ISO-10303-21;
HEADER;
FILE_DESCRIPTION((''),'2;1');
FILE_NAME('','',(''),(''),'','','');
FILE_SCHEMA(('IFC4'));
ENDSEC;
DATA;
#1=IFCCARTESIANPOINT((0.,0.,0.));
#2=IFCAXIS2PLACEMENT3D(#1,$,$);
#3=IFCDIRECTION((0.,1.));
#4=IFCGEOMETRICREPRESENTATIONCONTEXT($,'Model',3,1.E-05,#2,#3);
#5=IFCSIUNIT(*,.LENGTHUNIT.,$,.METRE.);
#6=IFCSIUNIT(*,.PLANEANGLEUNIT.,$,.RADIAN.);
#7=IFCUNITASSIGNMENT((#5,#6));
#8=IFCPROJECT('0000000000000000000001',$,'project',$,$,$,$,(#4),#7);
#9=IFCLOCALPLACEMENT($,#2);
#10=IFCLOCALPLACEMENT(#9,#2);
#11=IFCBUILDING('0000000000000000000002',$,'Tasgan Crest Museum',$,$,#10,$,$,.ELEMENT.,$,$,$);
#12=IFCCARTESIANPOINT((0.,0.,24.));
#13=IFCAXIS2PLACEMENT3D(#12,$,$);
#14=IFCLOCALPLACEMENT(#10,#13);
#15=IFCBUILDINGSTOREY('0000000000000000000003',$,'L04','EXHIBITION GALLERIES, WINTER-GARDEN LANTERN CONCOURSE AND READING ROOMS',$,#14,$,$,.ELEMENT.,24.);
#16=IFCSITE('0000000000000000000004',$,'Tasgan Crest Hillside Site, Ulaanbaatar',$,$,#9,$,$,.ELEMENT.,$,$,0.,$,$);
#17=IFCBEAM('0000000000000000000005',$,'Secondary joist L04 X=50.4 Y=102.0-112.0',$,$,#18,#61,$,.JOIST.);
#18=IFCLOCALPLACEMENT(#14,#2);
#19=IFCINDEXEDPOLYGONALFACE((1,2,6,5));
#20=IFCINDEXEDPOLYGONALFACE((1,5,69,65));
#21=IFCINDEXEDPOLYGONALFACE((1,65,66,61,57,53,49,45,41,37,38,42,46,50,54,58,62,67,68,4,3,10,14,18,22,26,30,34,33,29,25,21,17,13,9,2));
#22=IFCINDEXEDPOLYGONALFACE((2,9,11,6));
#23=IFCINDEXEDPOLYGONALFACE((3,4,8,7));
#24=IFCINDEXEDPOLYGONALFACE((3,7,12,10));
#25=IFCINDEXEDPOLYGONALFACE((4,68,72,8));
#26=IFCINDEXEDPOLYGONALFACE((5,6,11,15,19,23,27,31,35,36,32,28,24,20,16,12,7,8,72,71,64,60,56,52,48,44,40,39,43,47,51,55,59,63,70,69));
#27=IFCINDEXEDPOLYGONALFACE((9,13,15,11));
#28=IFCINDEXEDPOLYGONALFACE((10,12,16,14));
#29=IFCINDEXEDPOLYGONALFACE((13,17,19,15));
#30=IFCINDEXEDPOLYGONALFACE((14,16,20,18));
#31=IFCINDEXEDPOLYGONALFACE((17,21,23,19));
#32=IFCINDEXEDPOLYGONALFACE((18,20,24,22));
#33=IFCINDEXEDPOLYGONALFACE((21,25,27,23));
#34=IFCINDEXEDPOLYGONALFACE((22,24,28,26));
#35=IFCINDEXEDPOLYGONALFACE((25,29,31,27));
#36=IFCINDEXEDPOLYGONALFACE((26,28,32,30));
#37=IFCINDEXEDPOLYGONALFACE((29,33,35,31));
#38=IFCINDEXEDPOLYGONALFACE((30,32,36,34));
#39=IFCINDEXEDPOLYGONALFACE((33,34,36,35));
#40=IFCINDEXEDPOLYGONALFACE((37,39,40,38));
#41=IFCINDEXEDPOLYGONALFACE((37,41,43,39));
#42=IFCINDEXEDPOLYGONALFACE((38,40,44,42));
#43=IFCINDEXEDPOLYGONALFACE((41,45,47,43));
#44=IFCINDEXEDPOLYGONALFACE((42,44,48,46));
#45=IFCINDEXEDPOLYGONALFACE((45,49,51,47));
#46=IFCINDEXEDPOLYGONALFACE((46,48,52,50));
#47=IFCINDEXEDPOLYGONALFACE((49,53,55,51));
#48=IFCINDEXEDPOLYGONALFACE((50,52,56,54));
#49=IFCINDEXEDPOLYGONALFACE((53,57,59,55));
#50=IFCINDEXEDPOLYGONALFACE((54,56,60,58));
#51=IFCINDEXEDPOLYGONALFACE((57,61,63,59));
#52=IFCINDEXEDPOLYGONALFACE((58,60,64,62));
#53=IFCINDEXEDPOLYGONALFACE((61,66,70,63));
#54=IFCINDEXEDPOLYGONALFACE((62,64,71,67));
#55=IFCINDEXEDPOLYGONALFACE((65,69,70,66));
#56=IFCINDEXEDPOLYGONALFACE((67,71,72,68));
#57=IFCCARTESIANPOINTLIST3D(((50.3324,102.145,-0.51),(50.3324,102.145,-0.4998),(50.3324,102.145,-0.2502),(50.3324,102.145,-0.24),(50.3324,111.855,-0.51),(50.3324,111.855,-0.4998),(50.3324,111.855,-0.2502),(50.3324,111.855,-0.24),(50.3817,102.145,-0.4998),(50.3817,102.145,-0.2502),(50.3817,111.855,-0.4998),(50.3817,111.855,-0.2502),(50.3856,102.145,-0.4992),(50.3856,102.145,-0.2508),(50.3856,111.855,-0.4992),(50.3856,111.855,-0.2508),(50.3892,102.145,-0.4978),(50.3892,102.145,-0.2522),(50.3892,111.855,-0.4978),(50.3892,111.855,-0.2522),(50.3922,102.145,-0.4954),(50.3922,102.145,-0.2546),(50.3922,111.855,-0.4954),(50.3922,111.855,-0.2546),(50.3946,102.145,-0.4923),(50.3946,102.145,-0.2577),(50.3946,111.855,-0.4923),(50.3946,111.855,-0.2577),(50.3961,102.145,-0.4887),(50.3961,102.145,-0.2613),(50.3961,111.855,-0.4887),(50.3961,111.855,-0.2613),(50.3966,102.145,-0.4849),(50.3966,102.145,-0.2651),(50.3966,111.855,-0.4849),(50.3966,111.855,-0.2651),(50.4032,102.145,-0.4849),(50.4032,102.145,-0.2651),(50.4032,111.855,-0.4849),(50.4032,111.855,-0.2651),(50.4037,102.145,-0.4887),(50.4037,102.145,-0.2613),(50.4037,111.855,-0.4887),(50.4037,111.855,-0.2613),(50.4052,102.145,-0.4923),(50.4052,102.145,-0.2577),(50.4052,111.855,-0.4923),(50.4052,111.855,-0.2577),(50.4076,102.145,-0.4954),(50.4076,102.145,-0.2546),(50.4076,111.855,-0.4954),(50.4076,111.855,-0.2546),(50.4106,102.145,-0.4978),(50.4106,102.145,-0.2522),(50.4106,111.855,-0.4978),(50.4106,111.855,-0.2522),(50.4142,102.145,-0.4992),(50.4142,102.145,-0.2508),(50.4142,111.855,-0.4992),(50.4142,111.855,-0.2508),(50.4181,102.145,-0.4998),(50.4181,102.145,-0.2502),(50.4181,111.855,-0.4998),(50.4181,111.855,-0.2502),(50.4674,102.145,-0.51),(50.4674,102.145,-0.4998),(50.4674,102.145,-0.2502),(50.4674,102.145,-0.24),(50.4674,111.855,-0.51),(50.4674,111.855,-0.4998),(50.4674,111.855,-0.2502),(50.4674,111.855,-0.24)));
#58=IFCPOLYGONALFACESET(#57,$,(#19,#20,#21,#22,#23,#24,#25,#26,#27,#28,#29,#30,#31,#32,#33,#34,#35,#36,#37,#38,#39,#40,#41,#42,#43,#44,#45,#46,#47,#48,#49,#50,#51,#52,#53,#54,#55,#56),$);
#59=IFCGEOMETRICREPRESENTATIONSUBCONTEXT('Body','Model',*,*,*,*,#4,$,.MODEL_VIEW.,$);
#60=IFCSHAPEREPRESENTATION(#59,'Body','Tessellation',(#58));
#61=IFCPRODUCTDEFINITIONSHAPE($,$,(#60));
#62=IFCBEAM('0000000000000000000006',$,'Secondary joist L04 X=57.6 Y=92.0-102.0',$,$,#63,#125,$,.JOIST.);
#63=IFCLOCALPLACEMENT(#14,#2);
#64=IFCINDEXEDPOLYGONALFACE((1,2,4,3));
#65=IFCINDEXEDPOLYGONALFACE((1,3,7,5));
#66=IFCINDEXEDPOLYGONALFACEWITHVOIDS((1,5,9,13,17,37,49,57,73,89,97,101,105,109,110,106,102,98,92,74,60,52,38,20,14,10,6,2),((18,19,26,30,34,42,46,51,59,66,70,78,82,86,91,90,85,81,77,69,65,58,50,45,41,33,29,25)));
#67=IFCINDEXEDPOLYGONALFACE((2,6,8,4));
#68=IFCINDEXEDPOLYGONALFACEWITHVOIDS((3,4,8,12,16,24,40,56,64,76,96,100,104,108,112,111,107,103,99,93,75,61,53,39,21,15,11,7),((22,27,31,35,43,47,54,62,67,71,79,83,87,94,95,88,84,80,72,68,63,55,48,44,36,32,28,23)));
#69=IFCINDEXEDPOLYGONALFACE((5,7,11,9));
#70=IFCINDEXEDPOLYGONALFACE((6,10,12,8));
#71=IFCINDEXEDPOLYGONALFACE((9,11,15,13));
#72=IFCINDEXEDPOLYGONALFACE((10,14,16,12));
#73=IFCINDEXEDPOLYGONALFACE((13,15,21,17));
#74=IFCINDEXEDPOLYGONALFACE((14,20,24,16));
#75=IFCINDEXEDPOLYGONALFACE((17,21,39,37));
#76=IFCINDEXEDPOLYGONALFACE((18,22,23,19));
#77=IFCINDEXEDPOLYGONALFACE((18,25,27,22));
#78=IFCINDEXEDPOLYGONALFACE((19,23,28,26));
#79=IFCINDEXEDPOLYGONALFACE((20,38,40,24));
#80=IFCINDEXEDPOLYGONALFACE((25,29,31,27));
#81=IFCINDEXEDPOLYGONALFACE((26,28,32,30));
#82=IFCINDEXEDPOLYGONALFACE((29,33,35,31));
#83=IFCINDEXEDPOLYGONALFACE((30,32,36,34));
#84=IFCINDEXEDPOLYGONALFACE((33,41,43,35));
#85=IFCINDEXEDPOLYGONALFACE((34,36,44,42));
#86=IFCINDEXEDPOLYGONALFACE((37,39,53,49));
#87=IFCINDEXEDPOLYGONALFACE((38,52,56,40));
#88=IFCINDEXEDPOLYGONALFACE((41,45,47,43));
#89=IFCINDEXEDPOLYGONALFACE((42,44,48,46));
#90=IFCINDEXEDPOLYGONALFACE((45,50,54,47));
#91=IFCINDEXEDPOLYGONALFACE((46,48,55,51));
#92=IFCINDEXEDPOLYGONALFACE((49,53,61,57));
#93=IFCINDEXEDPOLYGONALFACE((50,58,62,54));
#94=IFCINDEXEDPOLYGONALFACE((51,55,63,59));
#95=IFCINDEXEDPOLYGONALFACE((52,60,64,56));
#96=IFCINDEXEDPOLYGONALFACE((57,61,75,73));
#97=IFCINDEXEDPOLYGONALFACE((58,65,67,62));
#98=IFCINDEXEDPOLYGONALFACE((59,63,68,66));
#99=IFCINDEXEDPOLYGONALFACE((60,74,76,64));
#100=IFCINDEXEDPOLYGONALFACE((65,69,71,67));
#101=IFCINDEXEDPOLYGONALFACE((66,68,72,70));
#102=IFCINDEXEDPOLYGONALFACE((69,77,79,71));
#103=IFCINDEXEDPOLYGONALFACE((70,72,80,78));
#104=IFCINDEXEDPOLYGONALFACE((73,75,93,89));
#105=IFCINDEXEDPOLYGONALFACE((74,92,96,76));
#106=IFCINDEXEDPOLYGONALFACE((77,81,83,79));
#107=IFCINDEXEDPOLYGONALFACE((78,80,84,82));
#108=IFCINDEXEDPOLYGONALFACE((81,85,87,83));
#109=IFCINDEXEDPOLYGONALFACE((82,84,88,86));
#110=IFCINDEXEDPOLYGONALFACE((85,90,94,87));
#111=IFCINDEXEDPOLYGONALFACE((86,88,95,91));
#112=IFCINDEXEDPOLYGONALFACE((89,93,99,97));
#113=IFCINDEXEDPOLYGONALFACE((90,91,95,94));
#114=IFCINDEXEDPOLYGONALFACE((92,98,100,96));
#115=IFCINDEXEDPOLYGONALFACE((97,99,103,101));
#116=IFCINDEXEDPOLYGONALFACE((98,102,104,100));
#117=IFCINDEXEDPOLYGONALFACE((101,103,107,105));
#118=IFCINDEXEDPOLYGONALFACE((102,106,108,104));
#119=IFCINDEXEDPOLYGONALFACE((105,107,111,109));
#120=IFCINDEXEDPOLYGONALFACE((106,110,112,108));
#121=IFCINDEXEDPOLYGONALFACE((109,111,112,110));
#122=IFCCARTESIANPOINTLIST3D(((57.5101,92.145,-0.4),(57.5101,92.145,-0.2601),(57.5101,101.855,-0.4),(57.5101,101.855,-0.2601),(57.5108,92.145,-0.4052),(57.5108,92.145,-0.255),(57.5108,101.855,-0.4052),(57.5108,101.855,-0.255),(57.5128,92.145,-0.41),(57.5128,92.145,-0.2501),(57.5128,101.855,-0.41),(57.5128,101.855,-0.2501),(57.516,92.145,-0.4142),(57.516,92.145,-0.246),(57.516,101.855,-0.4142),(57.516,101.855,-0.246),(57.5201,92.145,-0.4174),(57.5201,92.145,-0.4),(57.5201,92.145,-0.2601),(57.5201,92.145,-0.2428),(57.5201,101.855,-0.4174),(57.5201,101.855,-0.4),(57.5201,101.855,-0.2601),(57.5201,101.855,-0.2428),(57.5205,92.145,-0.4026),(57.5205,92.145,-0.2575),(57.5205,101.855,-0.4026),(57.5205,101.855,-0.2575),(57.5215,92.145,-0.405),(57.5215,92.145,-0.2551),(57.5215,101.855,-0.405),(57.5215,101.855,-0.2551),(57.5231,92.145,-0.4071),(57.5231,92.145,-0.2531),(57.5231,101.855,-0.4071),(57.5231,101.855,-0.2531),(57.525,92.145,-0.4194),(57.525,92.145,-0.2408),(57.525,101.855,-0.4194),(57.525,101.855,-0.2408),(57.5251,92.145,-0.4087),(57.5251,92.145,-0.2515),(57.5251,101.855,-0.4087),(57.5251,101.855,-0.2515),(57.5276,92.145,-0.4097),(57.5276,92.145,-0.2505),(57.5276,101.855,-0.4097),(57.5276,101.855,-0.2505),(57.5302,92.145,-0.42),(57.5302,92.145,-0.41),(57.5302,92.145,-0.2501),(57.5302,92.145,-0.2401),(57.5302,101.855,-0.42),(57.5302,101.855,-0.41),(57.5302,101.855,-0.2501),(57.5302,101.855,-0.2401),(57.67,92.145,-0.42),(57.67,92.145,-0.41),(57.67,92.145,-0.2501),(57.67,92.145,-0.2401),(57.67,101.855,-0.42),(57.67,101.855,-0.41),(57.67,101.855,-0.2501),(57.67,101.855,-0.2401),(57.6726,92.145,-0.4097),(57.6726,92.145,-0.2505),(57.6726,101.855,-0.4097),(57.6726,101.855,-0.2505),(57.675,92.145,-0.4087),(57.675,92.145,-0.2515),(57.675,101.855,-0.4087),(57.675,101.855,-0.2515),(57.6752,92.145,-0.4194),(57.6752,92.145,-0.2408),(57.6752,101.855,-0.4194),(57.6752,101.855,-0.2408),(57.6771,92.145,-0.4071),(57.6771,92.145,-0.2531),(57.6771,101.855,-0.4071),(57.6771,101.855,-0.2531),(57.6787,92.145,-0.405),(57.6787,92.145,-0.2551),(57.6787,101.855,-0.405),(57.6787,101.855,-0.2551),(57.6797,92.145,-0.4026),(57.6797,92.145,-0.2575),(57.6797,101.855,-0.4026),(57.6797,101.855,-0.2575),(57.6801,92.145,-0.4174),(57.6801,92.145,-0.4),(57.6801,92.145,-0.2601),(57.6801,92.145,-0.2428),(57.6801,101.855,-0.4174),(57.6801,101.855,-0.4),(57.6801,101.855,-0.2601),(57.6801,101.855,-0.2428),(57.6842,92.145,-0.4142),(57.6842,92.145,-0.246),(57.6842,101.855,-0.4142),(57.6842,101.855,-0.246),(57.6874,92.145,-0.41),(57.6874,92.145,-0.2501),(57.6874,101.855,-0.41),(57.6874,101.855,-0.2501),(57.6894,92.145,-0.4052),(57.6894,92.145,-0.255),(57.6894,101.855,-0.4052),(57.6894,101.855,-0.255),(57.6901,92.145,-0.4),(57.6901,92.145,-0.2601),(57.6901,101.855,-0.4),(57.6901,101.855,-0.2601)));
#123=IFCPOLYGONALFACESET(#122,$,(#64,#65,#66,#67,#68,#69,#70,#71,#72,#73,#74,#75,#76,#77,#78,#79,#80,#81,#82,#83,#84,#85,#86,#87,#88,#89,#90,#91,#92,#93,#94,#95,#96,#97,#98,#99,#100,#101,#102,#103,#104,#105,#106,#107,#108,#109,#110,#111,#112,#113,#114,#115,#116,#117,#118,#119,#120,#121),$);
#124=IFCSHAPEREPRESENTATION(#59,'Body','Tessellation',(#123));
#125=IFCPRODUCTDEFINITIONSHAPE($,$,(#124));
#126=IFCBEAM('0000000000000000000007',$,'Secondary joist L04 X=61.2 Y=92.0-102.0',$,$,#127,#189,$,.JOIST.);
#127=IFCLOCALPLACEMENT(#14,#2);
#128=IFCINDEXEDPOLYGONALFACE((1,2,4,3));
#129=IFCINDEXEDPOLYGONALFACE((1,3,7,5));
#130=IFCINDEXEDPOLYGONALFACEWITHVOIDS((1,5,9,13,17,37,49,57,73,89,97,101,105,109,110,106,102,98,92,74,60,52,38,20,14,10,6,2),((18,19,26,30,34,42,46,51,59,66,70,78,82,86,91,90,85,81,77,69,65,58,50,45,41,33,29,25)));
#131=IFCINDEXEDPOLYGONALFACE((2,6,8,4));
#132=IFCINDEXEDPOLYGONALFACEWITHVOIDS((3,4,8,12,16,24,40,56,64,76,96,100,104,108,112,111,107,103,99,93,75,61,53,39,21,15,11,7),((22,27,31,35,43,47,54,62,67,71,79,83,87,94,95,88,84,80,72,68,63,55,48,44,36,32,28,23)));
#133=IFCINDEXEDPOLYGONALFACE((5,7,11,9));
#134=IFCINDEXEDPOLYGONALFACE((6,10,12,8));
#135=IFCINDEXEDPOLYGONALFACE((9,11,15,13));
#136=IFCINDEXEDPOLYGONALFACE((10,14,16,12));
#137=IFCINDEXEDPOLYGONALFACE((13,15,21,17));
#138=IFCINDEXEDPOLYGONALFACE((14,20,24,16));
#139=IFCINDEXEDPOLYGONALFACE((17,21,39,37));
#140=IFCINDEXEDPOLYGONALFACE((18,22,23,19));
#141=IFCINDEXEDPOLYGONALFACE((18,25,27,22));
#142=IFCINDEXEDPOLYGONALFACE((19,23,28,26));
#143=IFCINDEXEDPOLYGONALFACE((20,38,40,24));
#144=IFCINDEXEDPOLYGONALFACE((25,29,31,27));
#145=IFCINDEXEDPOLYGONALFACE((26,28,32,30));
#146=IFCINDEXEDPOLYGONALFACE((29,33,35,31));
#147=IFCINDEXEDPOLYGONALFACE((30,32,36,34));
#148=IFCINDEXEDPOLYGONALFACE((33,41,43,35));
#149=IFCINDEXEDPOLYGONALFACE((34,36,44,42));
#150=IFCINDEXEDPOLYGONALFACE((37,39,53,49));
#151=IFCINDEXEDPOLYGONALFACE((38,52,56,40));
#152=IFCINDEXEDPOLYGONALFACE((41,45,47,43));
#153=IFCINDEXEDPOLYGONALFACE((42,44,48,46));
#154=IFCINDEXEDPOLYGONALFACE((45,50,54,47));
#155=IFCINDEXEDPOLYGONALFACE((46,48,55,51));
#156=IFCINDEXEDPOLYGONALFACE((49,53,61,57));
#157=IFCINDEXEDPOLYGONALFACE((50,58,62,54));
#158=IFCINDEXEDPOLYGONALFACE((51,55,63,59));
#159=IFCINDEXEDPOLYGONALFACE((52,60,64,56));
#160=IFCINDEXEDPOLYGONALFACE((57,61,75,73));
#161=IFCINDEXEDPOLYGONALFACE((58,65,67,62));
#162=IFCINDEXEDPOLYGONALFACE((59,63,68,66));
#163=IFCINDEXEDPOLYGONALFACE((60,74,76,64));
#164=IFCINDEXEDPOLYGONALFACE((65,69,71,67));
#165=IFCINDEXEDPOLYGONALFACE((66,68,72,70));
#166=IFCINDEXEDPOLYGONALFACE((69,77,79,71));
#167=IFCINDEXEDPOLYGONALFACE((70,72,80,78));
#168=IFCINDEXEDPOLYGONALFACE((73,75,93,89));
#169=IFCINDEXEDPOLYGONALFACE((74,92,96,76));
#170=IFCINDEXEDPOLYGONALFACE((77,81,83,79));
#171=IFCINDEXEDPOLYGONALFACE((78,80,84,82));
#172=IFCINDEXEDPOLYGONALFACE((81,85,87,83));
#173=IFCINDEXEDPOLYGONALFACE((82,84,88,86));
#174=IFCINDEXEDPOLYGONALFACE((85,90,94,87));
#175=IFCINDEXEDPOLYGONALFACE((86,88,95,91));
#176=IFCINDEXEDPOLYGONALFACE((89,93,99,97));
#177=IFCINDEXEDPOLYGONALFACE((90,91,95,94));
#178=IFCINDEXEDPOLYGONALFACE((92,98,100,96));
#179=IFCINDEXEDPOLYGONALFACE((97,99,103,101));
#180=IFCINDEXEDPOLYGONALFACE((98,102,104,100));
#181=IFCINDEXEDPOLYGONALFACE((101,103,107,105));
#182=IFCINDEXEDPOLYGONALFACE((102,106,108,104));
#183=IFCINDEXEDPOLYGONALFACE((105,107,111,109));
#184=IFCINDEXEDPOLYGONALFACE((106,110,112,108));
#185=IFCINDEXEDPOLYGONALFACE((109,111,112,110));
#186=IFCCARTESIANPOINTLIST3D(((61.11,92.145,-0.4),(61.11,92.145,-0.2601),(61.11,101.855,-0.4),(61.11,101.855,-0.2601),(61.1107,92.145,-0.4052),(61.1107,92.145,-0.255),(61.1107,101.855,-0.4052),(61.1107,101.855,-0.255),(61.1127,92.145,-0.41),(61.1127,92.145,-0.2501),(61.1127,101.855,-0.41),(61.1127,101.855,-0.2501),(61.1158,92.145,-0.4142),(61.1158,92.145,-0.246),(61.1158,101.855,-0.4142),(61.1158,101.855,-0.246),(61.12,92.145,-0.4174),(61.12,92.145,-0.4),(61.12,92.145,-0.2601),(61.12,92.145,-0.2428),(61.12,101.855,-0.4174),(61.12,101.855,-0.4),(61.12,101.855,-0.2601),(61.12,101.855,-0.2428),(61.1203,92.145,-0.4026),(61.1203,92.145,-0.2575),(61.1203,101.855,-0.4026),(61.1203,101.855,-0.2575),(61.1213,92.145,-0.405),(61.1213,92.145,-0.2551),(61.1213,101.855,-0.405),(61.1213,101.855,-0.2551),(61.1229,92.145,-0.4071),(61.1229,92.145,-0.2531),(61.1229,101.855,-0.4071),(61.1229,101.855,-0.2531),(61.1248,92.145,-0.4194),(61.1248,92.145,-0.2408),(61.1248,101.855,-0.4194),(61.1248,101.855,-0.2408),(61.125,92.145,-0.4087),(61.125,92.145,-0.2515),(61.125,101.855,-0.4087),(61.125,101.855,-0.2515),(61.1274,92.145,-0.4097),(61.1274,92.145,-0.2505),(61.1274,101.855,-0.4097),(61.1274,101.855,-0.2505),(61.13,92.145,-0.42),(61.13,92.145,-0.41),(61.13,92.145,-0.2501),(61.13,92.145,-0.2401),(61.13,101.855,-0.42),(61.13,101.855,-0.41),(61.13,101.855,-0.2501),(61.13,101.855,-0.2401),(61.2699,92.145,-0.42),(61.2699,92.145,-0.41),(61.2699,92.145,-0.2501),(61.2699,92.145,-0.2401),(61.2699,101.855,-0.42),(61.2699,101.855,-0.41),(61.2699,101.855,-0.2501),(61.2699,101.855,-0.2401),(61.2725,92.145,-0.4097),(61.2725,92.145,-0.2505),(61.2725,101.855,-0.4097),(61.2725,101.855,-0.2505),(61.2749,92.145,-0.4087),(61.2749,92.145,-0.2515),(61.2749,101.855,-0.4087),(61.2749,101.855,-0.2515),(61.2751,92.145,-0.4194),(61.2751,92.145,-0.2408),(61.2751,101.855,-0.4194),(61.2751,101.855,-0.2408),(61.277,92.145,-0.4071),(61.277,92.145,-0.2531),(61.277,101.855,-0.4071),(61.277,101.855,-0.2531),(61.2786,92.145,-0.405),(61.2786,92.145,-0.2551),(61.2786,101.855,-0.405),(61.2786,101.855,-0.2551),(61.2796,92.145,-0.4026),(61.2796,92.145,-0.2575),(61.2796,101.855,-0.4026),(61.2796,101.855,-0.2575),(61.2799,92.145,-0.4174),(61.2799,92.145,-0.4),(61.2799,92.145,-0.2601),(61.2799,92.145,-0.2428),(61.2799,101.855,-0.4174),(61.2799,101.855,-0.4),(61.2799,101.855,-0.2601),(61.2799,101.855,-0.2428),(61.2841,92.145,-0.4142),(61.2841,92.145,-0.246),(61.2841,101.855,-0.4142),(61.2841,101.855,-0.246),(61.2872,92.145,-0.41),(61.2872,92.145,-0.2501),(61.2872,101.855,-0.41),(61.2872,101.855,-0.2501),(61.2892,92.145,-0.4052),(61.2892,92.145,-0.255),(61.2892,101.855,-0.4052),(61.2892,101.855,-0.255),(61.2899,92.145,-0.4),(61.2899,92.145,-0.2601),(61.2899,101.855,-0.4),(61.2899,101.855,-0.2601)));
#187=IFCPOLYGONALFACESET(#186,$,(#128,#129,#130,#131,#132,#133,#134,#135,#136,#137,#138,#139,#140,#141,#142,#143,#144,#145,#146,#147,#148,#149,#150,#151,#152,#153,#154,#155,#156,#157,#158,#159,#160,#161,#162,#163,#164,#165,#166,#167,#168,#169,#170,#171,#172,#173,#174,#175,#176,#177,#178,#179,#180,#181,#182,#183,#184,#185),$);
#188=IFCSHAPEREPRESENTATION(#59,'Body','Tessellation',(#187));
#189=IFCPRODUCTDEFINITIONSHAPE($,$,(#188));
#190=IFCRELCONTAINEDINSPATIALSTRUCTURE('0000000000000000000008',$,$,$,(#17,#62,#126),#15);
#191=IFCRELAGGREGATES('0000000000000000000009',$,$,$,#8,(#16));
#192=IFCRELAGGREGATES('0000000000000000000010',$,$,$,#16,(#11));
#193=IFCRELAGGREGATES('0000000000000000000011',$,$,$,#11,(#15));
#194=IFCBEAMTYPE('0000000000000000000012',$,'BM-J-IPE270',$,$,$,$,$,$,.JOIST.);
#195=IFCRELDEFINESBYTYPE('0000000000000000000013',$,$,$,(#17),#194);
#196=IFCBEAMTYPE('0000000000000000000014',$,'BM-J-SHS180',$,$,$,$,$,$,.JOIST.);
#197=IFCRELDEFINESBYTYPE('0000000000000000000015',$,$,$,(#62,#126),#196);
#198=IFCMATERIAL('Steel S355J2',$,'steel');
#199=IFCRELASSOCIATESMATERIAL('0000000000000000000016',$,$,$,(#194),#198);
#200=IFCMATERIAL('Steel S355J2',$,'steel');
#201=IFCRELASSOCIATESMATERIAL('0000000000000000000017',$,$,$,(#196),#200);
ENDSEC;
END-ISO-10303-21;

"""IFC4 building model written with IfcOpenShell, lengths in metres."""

from ifc_helpers import new_model, si_unit, direction, frame, origin, origin_2d, place, context, subcontext, project, spatial, hollow_rectangle, i_section, extrude, material, material_profile, profile_set, type_object, element, save


model = new_model("IFC4")

# Units and contexts
model_context = context("Model", 3, precision=1e-05, world=origin(), true_north=direction((0.0, 1.0)))
body_context = subcontext(model_context, "Body", "Model", "MODEL_VIEW")
ifc_project = project(units=[si_unit("LENGTHUNIT", "METRE"), si_unit("PLANEANGLEUNIT", "RADIAN")], contexts=[model_context])

# Site, building, storey
site_placement = place(None, origin())
site = spatial("IfcSite", under=ifc_project, at=site_placement, Name="Tasgan Crest Hillside Site, Ulaanbaatar", CompositionType="ELEMENT", RefElevation=0.0)
building_placement = place(site_placement, origin())
building = spatial("IfcBuilding", under=site, at=building_placement, Name="Tasgan Crest Museum", CompositionType="ELEMENT")
storey_placement = place(building_placement, frame((0.0, 0.0, 24.0)))
storey = spatial("IfcBuildingStorey", under=building, at=storey_placement, Name="L04", Description="EXHIBITION GALLERIES, WINTER-GARDEN LANTERN CONCOURSE AND READING ROOMS", CompositionType="ELEMENT", Elevation=24.0)

# Beams
ifc_material_1 = material(Name="Steel S355J2", Category="steel")
ifc_material_profile_1 = material_profile(ifc_material_1, i_section(OverallWidth=0.135, OverallDepth=0.27, WebThickness=0.0066, FlangeThickness=0.0103, FilletRadius=0.0149, at=origin_2d()), Name="IPE 270")
ifc_profile_set_1 = profile_set([ifc_material_profile_1], Name="Steel S355J2")
beam_type_1 = type_object("IfcBeamType", Name="BM-J-IPE270", PredefinedType="JOIST", material=ifc_profile_set_1)
for number, where, z_axis, x_axis, name in (
    (1, (50.3999, 102.145, -0.375), (0.0, 1.0, 0.0), (-1.0, 0.0, 0.0), "Secondary joist L04 X=50.4 Y=102.0-112.0"),
):
    element("IfcBeam", number, at=place(storey_placement, frame(where, z_axis=z_axis, x_axis=x_axis)), inside=storey, type_object=beam_type_1, Name=name, PredefinedType="JOIST", context=body_context, shape_type="SweptSolid", body=[
        extrude(i_section(OverallWidth=0.135, OverallDepth=0.27, WebThickness=0.0066, FlangeThickness=0.0103, FilletRadius=0.0149, at=origin_2d()), origin(), (0.0, 0.0, 1.0), 9.71),
    ])
ifc_material_2 = material(Name="Steel S355J2", Category="steel")
ifc_material_profile_2 = material_profile(ifc_material_2, hollow_rectangle(XDim=0.1799, YDim=0.1799, WallThickness=0.01, InnerFilletRadius=0.01, OuterFilletRadius=0.02, at=origin_2d()), Name="SHS 180x180x10")
ifc_profile_set_2 = profile_set([ifc_material_profile_2], Name="Steel S355J2")
beam_type_2 = type_object("IfcBeamType", Name="BM-J-SHS180", PredefinedType="JOIST", material=ifc_profile_set_2)
for number, where, z_axis, x_axis, name in (
    (2, (57.6001, 92.145, -0.3301), (0.0, 1.0, 0.0), (-1.0, 0.0, 0.0), "Secondary joist L04 X=57.6 Y=92.0-102.0"),
    (3, (61.2, 92.145, -0.3301), (0.0, 1.0, 0.0), (-1.0, 0.0, 0.0), "Secondary joist L04 X=61.2 Y=92.0-102.0"),
):
    element("IfcBeam", number, at=place(storey_placement, frame(where, z_axis=z_axis, x_axis=x_axis)), inside=storey, type_object=beam_type_2, Name=name, PredefinedType="JOIST", context=body_context, shape_type="SweptSolid", body=[
        extrude(hollow_rectangle(XDim=0.1799, YDim=0.1799, WallThickness=0.01, InnerFilletRadius=0.01, OuterFilletRadius=0.02, at=origin_2d()), origin(), (0.0, 0.0, 1.0), 9.71),
    ])

save(model, "model.ifc")
